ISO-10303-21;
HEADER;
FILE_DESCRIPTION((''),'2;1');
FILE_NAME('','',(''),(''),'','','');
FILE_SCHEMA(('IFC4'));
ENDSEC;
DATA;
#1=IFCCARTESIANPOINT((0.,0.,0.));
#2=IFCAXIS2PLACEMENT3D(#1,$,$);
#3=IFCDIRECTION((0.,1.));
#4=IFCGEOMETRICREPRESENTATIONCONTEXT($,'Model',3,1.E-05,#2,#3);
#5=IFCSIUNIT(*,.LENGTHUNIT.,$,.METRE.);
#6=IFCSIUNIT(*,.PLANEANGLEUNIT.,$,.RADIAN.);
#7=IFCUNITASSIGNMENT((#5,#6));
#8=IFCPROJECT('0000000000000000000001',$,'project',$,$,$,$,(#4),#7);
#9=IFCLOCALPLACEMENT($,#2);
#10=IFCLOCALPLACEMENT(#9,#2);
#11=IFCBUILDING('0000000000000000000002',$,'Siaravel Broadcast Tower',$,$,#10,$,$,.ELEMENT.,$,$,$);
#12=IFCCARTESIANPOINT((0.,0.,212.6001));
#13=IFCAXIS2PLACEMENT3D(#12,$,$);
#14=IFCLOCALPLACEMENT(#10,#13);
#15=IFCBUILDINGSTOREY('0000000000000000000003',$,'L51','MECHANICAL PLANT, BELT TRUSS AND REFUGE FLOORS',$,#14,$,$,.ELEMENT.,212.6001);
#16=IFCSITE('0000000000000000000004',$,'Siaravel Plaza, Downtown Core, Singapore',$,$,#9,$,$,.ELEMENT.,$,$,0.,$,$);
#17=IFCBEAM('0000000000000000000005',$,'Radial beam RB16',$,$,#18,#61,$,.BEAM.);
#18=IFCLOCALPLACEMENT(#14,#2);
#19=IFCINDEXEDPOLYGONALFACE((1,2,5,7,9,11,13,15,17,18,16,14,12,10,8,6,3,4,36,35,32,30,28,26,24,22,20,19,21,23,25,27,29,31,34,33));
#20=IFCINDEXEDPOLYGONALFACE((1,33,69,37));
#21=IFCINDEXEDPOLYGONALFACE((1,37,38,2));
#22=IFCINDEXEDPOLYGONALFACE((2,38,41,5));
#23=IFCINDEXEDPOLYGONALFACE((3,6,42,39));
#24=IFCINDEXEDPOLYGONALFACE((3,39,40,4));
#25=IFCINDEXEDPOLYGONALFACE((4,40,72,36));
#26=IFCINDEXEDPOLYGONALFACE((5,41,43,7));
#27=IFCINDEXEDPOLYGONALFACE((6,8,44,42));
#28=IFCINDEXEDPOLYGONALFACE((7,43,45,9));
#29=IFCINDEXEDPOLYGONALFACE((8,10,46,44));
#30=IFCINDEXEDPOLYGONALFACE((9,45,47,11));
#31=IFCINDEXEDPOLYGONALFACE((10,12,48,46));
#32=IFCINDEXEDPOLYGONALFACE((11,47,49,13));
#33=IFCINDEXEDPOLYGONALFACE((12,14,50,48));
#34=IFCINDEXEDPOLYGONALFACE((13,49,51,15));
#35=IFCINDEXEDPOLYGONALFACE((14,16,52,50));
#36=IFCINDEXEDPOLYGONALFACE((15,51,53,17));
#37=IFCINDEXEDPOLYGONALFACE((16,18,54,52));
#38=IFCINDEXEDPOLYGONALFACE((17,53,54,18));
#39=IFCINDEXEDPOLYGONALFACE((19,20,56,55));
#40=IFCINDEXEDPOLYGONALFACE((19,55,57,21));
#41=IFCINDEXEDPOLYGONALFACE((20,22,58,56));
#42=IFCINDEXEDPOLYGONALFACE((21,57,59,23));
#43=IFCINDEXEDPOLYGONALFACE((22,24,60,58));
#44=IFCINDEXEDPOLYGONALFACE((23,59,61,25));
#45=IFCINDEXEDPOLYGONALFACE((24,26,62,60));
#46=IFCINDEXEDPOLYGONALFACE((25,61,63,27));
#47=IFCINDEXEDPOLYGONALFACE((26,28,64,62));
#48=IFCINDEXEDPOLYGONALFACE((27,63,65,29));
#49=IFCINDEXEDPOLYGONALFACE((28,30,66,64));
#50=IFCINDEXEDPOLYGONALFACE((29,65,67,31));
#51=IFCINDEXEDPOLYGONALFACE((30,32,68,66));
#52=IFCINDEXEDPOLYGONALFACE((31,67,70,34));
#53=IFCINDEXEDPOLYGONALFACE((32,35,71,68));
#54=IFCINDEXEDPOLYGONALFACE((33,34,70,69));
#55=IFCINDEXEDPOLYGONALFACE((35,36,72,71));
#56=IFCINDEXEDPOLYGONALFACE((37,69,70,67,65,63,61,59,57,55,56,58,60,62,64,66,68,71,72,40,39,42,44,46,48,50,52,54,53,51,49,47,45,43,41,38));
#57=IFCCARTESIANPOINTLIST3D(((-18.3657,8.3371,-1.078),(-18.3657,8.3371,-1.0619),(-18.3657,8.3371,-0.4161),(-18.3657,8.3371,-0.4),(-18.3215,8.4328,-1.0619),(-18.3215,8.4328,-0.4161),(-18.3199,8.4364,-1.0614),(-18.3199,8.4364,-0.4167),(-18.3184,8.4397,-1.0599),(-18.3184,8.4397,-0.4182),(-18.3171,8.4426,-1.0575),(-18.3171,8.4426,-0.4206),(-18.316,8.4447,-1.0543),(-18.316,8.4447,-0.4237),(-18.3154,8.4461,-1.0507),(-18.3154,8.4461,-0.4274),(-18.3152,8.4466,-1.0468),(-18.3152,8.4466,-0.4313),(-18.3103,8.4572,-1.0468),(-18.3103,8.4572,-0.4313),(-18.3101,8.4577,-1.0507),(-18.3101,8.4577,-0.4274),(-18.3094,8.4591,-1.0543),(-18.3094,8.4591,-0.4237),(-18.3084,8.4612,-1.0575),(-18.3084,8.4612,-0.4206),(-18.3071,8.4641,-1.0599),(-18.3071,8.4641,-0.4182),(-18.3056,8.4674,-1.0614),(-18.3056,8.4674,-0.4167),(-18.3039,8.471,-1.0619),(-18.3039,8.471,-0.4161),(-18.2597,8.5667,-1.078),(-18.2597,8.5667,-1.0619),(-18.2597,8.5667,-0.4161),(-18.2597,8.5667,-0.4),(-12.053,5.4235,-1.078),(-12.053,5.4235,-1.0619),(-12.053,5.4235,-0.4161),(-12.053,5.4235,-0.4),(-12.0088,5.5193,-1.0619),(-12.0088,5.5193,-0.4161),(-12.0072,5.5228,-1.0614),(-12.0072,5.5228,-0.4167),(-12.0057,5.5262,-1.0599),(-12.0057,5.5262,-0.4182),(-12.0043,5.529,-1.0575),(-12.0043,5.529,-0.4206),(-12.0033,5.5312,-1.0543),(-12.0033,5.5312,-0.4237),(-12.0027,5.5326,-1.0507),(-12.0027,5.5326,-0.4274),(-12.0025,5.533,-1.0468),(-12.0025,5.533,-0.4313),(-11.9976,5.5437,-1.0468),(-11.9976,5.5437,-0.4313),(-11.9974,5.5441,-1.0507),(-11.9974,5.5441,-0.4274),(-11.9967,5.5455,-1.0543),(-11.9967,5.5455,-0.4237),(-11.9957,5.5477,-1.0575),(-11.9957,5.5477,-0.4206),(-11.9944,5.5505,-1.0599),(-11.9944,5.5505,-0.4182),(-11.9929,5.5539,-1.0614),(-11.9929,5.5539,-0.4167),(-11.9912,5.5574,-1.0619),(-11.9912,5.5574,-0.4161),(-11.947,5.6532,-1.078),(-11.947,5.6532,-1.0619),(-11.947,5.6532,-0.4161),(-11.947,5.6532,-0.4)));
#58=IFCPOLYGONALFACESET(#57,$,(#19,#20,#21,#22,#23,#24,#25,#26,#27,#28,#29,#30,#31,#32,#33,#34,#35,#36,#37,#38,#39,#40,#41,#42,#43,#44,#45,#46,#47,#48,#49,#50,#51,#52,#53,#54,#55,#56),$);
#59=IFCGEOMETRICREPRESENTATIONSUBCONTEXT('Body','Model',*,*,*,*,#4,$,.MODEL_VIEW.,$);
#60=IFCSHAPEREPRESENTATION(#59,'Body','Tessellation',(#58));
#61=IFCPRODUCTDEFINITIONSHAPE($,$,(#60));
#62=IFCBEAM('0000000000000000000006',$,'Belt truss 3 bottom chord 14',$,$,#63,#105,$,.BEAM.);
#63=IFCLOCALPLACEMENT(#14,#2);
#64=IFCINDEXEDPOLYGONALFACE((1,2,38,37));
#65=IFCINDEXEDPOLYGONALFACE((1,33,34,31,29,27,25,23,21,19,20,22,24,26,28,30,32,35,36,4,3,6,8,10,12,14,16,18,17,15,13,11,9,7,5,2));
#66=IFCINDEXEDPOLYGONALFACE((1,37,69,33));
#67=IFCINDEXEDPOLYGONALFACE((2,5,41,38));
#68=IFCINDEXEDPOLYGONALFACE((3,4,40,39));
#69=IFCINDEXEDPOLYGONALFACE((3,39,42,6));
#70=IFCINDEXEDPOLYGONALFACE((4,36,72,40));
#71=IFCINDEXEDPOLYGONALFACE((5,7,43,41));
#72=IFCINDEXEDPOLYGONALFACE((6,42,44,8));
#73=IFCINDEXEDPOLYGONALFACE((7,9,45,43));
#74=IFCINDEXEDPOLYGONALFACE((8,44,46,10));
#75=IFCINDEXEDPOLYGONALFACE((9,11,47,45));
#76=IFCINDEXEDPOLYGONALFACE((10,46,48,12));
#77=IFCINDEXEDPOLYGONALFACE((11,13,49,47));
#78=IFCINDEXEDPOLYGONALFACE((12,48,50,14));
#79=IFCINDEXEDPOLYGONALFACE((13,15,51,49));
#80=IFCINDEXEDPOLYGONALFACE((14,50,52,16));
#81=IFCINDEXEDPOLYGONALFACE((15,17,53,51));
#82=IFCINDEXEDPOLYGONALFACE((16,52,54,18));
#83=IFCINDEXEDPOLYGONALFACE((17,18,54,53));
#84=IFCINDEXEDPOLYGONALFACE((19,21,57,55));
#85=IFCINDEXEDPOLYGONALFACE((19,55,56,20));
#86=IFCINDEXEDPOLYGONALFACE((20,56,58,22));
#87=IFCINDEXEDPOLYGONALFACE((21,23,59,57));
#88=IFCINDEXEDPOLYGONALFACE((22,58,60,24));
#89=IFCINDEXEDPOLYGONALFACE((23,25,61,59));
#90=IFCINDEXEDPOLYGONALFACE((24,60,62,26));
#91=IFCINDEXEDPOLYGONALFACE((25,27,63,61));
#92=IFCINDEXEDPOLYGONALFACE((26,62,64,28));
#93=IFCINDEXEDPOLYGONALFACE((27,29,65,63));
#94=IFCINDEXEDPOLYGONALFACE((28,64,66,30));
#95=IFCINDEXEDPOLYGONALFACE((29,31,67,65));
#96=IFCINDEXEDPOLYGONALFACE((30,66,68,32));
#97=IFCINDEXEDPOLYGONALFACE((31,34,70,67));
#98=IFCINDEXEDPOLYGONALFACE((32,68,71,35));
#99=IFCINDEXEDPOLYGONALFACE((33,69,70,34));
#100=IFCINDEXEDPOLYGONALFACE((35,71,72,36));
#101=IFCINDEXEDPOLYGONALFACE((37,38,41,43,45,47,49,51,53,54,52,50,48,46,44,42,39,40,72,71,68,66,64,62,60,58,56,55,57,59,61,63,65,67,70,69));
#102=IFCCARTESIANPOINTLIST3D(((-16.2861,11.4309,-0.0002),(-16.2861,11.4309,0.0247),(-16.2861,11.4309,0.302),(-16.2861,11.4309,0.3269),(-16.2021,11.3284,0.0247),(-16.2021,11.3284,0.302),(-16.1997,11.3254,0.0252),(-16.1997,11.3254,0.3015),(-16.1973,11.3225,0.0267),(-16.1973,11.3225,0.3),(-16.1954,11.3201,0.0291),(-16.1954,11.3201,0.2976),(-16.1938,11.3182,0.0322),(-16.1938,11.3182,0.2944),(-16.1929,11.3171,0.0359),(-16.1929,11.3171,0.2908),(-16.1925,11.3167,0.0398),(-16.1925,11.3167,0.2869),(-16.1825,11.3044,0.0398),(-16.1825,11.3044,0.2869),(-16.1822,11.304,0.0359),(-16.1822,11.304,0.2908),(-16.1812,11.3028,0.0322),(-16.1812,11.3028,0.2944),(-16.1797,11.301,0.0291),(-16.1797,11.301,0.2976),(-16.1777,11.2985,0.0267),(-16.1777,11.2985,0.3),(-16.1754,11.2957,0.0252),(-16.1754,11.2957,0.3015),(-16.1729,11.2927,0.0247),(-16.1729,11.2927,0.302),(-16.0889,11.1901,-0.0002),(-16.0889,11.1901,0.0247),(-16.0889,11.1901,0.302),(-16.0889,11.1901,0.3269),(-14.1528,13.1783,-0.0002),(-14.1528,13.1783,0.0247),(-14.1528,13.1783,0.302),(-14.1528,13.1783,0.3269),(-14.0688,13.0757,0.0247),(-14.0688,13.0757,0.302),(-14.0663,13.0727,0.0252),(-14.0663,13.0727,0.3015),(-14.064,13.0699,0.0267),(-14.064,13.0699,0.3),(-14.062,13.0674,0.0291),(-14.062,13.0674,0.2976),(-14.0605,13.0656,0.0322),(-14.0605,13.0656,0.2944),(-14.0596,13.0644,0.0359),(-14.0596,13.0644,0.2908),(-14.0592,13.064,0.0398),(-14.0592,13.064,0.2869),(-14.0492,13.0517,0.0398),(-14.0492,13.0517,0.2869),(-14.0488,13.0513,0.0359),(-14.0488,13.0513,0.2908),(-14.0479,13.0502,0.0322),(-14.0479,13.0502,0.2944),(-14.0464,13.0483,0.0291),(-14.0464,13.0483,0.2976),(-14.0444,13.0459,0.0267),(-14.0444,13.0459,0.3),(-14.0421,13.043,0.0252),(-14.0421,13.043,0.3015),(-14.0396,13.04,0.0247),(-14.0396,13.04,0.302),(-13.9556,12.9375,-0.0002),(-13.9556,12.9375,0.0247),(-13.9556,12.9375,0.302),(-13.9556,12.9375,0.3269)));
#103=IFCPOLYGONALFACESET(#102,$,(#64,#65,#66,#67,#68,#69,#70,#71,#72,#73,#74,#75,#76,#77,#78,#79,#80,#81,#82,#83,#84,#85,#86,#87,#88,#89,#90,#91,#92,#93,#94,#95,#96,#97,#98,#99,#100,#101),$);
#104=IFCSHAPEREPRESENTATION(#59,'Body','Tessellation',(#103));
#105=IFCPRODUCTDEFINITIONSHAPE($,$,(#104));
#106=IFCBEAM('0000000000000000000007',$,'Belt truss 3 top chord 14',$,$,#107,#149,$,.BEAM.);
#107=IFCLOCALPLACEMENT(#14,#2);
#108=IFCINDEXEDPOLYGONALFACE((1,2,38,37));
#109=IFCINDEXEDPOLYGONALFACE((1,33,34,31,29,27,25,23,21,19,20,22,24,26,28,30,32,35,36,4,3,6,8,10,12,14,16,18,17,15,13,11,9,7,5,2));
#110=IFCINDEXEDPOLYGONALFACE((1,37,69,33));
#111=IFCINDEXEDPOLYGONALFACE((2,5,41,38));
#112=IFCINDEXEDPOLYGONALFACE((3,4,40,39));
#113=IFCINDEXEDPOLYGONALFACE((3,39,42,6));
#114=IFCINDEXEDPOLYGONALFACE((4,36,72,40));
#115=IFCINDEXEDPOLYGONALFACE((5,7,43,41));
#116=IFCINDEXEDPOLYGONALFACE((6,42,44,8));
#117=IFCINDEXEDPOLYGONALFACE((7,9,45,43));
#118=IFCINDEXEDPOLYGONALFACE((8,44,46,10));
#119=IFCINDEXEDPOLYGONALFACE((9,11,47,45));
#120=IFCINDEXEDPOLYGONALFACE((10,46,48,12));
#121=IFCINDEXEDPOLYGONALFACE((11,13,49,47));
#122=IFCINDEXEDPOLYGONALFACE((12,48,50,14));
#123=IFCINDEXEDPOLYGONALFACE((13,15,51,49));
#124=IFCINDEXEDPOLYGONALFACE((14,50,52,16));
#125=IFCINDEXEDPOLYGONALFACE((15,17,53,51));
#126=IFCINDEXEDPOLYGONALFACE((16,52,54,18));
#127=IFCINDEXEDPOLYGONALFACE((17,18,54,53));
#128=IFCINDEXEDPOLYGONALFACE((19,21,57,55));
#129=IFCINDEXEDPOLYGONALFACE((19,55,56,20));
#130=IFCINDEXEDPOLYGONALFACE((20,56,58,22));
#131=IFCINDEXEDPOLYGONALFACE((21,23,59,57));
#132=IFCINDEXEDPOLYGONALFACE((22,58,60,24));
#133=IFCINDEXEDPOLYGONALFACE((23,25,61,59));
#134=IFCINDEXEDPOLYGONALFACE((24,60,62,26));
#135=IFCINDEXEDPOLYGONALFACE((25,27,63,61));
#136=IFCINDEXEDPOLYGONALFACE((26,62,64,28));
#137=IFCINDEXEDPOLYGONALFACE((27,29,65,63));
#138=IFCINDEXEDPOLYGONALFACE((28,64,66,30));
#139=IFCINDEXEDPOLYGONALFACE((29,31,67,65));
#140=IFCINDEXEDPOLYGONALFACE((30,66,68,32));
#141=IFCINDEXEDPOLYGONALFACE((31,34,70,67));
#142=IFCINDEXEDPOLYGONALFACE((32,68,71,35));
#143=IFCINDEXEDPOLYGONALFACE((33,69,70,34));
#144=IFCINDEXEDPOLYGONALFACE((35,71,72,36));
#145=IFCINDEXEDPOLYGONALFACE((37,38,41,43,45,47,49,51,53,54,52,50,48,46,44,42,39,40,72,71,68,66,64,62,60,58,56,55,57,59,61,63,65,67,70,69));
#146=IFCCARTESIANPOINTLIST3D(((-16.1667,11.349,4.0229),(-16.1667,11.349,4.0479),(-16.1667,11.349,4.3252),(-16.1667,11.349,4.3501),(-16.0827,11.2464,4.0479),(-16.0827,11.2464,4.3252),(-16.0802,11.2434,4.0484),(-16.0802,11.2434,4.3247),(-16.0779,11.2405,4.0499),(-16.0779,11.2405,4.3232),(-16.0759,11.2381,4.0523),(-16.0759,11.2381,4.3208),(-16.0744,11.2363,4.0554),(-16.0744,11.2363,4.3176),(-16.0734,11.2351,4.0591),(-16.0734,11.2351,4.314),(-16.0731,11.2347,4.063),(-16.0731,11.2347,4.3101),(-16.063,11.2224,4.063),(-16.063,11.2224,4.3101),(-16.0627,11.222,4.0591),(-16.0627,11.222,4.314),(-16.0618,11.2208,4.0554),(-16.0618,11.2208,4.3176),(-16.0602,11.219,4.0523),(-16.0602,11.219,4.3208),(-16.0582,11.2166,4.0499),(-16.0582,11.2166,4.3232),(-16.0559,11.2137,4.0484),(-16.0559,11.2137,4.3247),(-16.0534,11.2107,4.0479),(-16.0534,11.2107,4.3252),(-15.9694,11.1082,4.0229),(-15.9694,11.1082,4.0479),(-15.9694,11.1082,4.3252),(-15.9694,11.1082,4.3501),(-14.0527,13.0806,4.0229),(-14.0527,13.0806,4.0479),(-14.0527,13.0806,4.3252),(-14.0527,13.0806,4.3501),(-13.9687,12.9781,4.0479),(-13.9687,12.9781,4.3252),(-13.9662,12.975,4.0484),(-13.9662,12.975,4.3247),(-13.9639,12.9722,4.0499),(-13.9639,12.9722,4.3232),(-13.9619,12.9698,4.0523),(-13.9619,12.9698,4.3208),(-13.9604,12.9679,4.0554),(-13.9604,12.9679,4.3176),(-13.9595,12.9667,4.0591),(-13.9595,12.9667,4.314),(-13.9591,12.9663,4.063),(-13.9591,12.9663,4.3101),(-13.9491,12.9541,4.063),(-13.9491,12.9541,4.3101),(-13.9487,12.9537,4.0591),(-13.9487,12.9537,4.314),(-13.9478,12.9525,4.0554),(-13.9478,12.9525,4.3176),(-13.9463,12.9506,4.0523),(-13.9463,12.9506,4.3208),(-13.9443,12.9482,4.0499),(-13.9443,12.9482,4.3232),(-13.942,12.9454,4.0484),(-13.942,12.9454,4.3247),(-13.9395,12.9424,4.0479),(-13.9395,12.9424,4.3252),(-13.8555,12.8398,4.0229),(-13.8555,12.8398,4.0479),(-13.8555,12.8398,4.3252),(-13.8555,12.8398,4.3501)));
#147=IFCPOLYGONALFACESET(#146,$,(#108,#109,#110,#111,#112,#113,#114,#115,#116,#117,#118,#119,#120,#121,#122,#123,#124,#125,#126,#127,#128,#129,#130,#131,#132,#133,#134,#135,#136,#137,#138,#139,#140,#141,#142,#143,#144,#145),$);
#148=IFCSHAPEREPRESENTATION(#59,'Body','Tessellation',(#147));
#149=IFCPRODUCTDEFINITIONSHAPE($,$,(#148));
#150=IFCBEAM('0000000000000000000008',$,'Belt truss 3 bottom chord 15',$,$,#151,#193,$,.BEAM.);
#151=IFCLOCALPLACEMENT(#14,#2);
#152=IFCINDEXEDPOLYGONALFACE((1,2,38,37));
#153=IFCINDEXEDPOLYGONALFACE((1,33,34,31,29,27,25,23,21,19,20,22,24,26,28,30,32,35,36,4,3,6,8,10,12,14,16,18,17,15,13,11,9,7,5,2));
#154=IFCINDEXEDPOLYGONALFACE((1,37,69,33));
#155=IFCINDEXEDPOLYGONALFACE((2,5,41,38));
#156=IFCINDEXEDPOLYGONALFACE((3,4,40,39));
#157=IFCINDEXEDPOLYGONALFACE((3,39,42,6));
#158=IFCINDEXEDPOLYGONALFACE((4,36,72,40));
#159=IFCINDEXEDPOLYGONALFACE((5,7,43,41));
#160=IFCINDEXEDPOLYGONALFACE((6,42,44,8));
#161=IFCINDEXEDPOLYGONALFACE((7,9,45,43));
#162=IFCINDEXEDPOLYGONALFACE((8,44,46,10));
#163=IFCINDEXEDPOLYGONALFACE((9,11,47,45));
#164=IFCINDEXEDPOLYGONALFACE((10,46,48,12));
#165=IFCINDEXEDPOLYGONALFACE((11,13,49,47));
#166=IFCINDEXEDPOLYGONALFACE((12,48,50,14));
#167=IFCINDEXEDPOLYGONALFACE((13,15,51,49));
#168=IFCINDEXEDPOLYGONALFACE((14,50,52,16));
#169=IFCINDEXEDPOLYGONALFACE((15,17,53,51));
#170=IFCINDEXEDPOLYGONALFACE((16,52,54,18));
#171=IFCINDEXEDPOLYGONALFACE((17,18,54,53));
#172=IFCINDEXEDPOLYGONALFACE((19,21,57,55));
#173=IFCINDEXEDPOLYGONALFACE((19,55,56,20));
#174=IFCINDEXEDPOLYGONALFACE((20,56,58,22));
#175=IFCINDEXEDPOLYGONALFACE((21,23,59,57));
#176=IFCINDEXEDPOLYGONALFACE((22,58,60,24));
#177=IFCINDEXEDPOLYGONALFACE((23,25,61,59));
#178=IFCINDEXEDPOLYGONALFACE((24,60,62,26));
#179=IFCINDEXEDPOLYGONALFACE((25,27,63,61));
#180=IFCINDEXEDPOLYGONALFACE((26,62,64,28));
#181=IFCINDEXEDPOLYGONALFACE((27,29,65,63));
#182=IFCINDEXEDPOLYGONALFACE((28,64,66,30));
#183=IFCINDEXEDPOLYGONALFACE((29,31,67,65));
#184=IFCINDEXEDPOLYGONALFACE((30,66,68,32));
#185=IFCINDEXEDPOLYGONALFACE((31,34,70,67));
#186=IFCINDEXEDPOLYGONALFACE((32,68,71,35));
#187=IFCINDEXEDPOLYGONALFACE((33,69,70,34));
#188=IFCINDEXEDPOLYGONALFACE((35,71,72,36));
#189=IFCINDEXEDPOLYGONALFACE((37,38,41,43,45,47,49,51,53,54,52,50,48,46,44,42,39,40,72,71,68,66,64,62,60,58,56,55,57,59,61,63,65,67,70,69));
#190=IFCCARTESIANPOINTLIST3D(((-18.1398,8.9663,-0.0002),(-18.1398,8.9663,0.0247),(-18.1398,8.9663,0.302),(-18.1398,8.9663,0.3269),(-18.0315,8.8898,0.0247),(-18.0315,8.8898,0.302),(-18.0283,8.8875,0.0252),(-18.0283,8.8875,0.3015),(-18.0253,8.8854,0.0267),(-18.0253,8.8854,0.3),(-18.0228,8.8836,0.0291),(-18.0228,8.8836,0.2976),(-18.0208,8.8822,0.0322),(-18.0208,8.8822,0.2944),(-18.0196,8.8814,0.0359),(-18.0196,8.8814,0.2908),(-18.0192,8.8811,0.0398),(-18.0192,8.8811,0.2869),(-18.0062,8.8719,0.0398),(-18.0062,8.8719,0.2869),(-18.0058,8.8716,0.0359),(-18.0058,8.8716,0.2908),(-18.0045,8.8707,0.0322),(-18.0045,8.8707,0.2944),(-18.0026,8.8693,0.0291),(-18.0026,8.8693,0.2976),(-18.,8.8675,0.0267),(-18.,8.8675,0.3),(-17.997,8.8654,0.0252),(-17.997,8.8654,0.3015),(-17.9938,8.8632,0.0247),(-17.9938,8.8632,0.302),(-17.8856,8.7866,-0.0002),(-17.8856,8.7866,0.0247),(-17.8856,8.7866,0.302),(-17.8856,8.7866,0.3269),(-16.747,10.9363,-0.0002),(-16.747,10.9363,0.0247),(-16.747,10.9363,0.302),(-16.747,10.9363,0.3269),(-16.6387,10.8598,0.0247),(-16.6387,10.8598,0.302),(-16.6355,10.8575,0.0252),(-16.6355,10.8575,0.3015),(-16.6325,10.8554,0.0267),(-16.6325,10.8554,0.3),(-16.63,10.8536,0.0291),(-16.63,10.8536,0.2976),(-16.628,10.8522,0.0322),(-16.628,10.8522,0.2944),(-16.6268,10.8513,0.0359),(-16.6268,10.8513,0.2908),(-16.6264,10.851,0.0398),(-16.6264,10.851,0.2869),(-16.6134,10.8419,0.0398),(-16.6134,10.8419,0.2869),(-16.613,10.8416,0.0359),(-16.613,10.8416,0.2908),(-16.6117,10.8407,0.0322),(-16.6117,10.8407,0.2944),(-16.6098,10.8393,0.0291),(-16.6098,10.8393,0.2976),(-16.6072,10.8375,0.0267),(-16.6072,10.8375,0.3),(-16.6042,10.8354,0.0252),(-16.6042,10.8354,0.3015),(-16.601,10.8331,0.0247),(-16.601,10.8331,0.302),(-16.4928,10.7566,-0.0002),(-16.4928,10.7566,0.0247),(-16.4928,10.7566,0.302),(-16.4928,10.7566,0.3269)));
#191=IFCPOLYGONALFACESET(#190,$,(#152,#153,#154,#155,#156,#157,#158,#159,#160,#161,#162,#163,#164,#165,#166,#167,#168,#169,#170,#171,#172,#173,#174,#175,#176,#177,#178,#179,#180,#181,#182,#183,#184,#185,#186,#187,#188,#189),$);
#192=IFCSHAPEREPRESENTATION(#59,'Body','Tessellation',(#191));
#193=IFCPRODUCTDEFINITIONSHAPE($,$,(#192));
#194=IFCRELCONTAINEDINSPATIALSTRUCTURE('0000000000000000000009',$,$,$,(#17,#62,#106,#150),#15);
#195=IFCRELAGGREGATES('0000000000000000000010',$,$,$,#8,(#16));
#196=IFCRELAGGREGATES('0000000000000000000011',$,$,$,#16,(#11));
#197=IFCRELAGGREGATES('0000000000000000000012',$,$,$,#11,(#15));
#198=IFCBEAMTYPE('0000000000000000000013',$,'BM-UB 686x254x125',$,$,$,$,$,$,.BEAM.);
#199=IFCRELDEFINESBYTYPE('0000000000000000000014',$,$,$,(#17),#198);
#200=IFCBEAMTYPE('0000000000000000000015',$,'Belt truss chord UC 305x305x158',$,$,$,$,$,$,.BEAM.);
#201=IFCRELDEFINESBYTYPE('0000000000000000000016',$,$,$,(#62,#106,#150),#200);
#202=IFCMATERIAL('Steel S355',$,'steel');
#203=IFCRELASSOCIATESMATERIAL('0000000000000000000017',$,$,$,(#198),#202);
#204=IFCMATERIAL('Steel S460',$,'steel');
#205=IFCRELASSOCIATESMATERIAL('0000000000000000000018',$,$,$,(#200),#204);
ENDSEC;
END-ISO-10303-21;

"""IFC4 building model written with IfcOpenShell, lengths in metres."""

from ifc_helpers import new_model, si_unit, direction, frame, origin, origin_2d, place, context, subcontext, project, spatial, i_section, extrude, material, material_profile, profile_set, type_object, element, save


model = new_model("IFC4")

# Units and contexts
model_context = context("Model", 3, precision=1e-05, world=origin(), true_north=direction((0.0, 1.0)))
body_context = subcontext(model_context, "Body", "Model", "MODEL_VIEW")
ifc_project = project(units=[si_unit("LENGTHUNIT", "METRE"), si_unit("PLANEANGLEUNIT", "RADIAN")], contexts=[model_context])

# Site, building, storey
site_placement = place(None, origin())
site = spatial("IfcSite", under=ifc_project, at=site_placement, Name="Siaravel Plaza, Downtown Core, Singapore", CompositionType="ELEMENT", RefElevation=0.0)
building_placement = place(site_placement, origin())
building = spatial("IfcBuilding", under=site, at=building_placement, Name="Siaravel Broadcast Tower", CompositionType="ELEMENT")
storey_placement = place(building_placement, frame((0.0, 0.0, 212.6001)))
storey = spatial("IfcBuildingStorey", under=building, at=storey_placement, Name="L51", Description="MECHANICAL PLANT, BELT TRUSS AND REFUGE FLOORS", CompositionType="ELEMENT", Elevation=212.6001)

# Beams
ifc_material_1 = material(Name="Steel S355", Category="steel")
ifc_material_profile_1 = material_profile(ifc_material_1, i_section(OverallWidth=0.2529, OverallDepth=0.678, WebThickness=0.0117, FlangeThickness=0.0161, FilletRadius=0.0151, at=origin_2d()))
ifc_profile_set_1 = profile_set([ifc_material_profile_1], Name="Steel S355")
beam_type_1 = type_object("IfcBeamType", Name="BM-UB 686x254x125", PredefinedType="BEAM", material=ifc_profile_set_1)
beam_1_placement = place(storey_placement, frame((-18.3127, 8.4519, -0.739), z_axis=(0.907959, -0.419058, 0.0), x_axis=(0.419058, 0.907959, 0.0)))
element("IfcBeam", 1, at=beam_1_placement, inside=storey, type_object=beam_type_1, Name="Radial beam RB16", PredefinedType="BEAM", context=body_context, shape_type="SweptSolid", body=[
    extrude(i_section(OverallWidth=0.2529, OverallDepth=0.678, WebThickness=0.0117, FlangeThickness=0.0161, FilletRadius=0.0151, at=origin_2d()), origin(), (0.0, 0.0, 1.0), 6.9526),
])
ifc_material_2 = material(Name="Steel S460", Category="steel")
ifc_material_profile_2 = material_profile(ifc_material_2, i_section(OverallWidth=0.3113, OverallDepth=0.3271, WebThickness=0.0159, FlangeThickness=0.0249, FilletRadius=0.0151, at=origin_2d()))
ifc_profile_set_2 = profile_set([ifc_material_profile_2], Name="Steel S460")
beam_type_2 = type_object("IfcBeamType", Name="Belt truss chord UC 305x305x158", PredefinedType="BEAM", material=ifc_profile_set_2)
beam_2_placement = place(storey_placement, frame((-14.0542, 13.0579, 0.1633), z_axis=(-0.773622, -0.633648, 0.0), x_axis=(0.633648, -0.773622, 0.0)))
element("IfcBeam", 2, at=beam_2_placement, inside=storey, type_object=beam_type_2, Name="Belt truss 3 bottom chord 14", PredefinedType="BEAM", context=body_context, shape_type="SweptSolid", body=[
    extrude(i_section(OverallWidth=0.3113, OverallDepth=0.3271, WebThickness=0.0159, FlangeThickness=0.0249, FilletRadius=0.0151, at=origin_2d()), origin(), (0.0, 0.0, 1.0), 2.7576),
])
beam_3_placement = place(storey_placement, frame((-13.9541, 12.9602, 4.1865), z_axis=(-0.773591, -0.633685, 0.0), x_axis=(0.633685, -0.773591, 0.0)))
element("IfcBeam", 3, at=beam_3_placement, inside=storey, type_object=beam_type_2, Name="Belt truss 3 top chord 14", PredefinedType="BEAM", context=body_context, shape_type="SweptSolid", body=[
    extrude(i_section(OverallWidth=0.3113, OverallDepth=0.3271, WebThickness=0.0159, FlangeThickness=0.0249, FilletRadius=0.0151, at=origin_2d()), origin(), (0.0, 0.0, 1.0), 2.7327),
])
beam_4_placement = place(storey_placement, frame((-16.6199, 10.8464, 0.1633), z_axis=(-0.577307, -0.816527, 0.0), x_axis=(0.816527, -0.577307, 0.0)))
element("IfcBeam", 4, at=beam_4_placement, inside=storey, type_object=beam_type_2, Name="Belt truss 3 bottom chord 15", PredefinedType="BEAM", context=body_context, shape_type="SweptSolid", body=[
    extrude(i_section(OverallWidth=0.3113, OverallDepth=0.3271, WebThickness=0.0159, FlangeThickness=0.0249, FilletRadius=0.0151, at=origin_2d()), origin(), (0.0, 0.0, 1.0), 2.4126),
])

save(model, "model.ifc")
